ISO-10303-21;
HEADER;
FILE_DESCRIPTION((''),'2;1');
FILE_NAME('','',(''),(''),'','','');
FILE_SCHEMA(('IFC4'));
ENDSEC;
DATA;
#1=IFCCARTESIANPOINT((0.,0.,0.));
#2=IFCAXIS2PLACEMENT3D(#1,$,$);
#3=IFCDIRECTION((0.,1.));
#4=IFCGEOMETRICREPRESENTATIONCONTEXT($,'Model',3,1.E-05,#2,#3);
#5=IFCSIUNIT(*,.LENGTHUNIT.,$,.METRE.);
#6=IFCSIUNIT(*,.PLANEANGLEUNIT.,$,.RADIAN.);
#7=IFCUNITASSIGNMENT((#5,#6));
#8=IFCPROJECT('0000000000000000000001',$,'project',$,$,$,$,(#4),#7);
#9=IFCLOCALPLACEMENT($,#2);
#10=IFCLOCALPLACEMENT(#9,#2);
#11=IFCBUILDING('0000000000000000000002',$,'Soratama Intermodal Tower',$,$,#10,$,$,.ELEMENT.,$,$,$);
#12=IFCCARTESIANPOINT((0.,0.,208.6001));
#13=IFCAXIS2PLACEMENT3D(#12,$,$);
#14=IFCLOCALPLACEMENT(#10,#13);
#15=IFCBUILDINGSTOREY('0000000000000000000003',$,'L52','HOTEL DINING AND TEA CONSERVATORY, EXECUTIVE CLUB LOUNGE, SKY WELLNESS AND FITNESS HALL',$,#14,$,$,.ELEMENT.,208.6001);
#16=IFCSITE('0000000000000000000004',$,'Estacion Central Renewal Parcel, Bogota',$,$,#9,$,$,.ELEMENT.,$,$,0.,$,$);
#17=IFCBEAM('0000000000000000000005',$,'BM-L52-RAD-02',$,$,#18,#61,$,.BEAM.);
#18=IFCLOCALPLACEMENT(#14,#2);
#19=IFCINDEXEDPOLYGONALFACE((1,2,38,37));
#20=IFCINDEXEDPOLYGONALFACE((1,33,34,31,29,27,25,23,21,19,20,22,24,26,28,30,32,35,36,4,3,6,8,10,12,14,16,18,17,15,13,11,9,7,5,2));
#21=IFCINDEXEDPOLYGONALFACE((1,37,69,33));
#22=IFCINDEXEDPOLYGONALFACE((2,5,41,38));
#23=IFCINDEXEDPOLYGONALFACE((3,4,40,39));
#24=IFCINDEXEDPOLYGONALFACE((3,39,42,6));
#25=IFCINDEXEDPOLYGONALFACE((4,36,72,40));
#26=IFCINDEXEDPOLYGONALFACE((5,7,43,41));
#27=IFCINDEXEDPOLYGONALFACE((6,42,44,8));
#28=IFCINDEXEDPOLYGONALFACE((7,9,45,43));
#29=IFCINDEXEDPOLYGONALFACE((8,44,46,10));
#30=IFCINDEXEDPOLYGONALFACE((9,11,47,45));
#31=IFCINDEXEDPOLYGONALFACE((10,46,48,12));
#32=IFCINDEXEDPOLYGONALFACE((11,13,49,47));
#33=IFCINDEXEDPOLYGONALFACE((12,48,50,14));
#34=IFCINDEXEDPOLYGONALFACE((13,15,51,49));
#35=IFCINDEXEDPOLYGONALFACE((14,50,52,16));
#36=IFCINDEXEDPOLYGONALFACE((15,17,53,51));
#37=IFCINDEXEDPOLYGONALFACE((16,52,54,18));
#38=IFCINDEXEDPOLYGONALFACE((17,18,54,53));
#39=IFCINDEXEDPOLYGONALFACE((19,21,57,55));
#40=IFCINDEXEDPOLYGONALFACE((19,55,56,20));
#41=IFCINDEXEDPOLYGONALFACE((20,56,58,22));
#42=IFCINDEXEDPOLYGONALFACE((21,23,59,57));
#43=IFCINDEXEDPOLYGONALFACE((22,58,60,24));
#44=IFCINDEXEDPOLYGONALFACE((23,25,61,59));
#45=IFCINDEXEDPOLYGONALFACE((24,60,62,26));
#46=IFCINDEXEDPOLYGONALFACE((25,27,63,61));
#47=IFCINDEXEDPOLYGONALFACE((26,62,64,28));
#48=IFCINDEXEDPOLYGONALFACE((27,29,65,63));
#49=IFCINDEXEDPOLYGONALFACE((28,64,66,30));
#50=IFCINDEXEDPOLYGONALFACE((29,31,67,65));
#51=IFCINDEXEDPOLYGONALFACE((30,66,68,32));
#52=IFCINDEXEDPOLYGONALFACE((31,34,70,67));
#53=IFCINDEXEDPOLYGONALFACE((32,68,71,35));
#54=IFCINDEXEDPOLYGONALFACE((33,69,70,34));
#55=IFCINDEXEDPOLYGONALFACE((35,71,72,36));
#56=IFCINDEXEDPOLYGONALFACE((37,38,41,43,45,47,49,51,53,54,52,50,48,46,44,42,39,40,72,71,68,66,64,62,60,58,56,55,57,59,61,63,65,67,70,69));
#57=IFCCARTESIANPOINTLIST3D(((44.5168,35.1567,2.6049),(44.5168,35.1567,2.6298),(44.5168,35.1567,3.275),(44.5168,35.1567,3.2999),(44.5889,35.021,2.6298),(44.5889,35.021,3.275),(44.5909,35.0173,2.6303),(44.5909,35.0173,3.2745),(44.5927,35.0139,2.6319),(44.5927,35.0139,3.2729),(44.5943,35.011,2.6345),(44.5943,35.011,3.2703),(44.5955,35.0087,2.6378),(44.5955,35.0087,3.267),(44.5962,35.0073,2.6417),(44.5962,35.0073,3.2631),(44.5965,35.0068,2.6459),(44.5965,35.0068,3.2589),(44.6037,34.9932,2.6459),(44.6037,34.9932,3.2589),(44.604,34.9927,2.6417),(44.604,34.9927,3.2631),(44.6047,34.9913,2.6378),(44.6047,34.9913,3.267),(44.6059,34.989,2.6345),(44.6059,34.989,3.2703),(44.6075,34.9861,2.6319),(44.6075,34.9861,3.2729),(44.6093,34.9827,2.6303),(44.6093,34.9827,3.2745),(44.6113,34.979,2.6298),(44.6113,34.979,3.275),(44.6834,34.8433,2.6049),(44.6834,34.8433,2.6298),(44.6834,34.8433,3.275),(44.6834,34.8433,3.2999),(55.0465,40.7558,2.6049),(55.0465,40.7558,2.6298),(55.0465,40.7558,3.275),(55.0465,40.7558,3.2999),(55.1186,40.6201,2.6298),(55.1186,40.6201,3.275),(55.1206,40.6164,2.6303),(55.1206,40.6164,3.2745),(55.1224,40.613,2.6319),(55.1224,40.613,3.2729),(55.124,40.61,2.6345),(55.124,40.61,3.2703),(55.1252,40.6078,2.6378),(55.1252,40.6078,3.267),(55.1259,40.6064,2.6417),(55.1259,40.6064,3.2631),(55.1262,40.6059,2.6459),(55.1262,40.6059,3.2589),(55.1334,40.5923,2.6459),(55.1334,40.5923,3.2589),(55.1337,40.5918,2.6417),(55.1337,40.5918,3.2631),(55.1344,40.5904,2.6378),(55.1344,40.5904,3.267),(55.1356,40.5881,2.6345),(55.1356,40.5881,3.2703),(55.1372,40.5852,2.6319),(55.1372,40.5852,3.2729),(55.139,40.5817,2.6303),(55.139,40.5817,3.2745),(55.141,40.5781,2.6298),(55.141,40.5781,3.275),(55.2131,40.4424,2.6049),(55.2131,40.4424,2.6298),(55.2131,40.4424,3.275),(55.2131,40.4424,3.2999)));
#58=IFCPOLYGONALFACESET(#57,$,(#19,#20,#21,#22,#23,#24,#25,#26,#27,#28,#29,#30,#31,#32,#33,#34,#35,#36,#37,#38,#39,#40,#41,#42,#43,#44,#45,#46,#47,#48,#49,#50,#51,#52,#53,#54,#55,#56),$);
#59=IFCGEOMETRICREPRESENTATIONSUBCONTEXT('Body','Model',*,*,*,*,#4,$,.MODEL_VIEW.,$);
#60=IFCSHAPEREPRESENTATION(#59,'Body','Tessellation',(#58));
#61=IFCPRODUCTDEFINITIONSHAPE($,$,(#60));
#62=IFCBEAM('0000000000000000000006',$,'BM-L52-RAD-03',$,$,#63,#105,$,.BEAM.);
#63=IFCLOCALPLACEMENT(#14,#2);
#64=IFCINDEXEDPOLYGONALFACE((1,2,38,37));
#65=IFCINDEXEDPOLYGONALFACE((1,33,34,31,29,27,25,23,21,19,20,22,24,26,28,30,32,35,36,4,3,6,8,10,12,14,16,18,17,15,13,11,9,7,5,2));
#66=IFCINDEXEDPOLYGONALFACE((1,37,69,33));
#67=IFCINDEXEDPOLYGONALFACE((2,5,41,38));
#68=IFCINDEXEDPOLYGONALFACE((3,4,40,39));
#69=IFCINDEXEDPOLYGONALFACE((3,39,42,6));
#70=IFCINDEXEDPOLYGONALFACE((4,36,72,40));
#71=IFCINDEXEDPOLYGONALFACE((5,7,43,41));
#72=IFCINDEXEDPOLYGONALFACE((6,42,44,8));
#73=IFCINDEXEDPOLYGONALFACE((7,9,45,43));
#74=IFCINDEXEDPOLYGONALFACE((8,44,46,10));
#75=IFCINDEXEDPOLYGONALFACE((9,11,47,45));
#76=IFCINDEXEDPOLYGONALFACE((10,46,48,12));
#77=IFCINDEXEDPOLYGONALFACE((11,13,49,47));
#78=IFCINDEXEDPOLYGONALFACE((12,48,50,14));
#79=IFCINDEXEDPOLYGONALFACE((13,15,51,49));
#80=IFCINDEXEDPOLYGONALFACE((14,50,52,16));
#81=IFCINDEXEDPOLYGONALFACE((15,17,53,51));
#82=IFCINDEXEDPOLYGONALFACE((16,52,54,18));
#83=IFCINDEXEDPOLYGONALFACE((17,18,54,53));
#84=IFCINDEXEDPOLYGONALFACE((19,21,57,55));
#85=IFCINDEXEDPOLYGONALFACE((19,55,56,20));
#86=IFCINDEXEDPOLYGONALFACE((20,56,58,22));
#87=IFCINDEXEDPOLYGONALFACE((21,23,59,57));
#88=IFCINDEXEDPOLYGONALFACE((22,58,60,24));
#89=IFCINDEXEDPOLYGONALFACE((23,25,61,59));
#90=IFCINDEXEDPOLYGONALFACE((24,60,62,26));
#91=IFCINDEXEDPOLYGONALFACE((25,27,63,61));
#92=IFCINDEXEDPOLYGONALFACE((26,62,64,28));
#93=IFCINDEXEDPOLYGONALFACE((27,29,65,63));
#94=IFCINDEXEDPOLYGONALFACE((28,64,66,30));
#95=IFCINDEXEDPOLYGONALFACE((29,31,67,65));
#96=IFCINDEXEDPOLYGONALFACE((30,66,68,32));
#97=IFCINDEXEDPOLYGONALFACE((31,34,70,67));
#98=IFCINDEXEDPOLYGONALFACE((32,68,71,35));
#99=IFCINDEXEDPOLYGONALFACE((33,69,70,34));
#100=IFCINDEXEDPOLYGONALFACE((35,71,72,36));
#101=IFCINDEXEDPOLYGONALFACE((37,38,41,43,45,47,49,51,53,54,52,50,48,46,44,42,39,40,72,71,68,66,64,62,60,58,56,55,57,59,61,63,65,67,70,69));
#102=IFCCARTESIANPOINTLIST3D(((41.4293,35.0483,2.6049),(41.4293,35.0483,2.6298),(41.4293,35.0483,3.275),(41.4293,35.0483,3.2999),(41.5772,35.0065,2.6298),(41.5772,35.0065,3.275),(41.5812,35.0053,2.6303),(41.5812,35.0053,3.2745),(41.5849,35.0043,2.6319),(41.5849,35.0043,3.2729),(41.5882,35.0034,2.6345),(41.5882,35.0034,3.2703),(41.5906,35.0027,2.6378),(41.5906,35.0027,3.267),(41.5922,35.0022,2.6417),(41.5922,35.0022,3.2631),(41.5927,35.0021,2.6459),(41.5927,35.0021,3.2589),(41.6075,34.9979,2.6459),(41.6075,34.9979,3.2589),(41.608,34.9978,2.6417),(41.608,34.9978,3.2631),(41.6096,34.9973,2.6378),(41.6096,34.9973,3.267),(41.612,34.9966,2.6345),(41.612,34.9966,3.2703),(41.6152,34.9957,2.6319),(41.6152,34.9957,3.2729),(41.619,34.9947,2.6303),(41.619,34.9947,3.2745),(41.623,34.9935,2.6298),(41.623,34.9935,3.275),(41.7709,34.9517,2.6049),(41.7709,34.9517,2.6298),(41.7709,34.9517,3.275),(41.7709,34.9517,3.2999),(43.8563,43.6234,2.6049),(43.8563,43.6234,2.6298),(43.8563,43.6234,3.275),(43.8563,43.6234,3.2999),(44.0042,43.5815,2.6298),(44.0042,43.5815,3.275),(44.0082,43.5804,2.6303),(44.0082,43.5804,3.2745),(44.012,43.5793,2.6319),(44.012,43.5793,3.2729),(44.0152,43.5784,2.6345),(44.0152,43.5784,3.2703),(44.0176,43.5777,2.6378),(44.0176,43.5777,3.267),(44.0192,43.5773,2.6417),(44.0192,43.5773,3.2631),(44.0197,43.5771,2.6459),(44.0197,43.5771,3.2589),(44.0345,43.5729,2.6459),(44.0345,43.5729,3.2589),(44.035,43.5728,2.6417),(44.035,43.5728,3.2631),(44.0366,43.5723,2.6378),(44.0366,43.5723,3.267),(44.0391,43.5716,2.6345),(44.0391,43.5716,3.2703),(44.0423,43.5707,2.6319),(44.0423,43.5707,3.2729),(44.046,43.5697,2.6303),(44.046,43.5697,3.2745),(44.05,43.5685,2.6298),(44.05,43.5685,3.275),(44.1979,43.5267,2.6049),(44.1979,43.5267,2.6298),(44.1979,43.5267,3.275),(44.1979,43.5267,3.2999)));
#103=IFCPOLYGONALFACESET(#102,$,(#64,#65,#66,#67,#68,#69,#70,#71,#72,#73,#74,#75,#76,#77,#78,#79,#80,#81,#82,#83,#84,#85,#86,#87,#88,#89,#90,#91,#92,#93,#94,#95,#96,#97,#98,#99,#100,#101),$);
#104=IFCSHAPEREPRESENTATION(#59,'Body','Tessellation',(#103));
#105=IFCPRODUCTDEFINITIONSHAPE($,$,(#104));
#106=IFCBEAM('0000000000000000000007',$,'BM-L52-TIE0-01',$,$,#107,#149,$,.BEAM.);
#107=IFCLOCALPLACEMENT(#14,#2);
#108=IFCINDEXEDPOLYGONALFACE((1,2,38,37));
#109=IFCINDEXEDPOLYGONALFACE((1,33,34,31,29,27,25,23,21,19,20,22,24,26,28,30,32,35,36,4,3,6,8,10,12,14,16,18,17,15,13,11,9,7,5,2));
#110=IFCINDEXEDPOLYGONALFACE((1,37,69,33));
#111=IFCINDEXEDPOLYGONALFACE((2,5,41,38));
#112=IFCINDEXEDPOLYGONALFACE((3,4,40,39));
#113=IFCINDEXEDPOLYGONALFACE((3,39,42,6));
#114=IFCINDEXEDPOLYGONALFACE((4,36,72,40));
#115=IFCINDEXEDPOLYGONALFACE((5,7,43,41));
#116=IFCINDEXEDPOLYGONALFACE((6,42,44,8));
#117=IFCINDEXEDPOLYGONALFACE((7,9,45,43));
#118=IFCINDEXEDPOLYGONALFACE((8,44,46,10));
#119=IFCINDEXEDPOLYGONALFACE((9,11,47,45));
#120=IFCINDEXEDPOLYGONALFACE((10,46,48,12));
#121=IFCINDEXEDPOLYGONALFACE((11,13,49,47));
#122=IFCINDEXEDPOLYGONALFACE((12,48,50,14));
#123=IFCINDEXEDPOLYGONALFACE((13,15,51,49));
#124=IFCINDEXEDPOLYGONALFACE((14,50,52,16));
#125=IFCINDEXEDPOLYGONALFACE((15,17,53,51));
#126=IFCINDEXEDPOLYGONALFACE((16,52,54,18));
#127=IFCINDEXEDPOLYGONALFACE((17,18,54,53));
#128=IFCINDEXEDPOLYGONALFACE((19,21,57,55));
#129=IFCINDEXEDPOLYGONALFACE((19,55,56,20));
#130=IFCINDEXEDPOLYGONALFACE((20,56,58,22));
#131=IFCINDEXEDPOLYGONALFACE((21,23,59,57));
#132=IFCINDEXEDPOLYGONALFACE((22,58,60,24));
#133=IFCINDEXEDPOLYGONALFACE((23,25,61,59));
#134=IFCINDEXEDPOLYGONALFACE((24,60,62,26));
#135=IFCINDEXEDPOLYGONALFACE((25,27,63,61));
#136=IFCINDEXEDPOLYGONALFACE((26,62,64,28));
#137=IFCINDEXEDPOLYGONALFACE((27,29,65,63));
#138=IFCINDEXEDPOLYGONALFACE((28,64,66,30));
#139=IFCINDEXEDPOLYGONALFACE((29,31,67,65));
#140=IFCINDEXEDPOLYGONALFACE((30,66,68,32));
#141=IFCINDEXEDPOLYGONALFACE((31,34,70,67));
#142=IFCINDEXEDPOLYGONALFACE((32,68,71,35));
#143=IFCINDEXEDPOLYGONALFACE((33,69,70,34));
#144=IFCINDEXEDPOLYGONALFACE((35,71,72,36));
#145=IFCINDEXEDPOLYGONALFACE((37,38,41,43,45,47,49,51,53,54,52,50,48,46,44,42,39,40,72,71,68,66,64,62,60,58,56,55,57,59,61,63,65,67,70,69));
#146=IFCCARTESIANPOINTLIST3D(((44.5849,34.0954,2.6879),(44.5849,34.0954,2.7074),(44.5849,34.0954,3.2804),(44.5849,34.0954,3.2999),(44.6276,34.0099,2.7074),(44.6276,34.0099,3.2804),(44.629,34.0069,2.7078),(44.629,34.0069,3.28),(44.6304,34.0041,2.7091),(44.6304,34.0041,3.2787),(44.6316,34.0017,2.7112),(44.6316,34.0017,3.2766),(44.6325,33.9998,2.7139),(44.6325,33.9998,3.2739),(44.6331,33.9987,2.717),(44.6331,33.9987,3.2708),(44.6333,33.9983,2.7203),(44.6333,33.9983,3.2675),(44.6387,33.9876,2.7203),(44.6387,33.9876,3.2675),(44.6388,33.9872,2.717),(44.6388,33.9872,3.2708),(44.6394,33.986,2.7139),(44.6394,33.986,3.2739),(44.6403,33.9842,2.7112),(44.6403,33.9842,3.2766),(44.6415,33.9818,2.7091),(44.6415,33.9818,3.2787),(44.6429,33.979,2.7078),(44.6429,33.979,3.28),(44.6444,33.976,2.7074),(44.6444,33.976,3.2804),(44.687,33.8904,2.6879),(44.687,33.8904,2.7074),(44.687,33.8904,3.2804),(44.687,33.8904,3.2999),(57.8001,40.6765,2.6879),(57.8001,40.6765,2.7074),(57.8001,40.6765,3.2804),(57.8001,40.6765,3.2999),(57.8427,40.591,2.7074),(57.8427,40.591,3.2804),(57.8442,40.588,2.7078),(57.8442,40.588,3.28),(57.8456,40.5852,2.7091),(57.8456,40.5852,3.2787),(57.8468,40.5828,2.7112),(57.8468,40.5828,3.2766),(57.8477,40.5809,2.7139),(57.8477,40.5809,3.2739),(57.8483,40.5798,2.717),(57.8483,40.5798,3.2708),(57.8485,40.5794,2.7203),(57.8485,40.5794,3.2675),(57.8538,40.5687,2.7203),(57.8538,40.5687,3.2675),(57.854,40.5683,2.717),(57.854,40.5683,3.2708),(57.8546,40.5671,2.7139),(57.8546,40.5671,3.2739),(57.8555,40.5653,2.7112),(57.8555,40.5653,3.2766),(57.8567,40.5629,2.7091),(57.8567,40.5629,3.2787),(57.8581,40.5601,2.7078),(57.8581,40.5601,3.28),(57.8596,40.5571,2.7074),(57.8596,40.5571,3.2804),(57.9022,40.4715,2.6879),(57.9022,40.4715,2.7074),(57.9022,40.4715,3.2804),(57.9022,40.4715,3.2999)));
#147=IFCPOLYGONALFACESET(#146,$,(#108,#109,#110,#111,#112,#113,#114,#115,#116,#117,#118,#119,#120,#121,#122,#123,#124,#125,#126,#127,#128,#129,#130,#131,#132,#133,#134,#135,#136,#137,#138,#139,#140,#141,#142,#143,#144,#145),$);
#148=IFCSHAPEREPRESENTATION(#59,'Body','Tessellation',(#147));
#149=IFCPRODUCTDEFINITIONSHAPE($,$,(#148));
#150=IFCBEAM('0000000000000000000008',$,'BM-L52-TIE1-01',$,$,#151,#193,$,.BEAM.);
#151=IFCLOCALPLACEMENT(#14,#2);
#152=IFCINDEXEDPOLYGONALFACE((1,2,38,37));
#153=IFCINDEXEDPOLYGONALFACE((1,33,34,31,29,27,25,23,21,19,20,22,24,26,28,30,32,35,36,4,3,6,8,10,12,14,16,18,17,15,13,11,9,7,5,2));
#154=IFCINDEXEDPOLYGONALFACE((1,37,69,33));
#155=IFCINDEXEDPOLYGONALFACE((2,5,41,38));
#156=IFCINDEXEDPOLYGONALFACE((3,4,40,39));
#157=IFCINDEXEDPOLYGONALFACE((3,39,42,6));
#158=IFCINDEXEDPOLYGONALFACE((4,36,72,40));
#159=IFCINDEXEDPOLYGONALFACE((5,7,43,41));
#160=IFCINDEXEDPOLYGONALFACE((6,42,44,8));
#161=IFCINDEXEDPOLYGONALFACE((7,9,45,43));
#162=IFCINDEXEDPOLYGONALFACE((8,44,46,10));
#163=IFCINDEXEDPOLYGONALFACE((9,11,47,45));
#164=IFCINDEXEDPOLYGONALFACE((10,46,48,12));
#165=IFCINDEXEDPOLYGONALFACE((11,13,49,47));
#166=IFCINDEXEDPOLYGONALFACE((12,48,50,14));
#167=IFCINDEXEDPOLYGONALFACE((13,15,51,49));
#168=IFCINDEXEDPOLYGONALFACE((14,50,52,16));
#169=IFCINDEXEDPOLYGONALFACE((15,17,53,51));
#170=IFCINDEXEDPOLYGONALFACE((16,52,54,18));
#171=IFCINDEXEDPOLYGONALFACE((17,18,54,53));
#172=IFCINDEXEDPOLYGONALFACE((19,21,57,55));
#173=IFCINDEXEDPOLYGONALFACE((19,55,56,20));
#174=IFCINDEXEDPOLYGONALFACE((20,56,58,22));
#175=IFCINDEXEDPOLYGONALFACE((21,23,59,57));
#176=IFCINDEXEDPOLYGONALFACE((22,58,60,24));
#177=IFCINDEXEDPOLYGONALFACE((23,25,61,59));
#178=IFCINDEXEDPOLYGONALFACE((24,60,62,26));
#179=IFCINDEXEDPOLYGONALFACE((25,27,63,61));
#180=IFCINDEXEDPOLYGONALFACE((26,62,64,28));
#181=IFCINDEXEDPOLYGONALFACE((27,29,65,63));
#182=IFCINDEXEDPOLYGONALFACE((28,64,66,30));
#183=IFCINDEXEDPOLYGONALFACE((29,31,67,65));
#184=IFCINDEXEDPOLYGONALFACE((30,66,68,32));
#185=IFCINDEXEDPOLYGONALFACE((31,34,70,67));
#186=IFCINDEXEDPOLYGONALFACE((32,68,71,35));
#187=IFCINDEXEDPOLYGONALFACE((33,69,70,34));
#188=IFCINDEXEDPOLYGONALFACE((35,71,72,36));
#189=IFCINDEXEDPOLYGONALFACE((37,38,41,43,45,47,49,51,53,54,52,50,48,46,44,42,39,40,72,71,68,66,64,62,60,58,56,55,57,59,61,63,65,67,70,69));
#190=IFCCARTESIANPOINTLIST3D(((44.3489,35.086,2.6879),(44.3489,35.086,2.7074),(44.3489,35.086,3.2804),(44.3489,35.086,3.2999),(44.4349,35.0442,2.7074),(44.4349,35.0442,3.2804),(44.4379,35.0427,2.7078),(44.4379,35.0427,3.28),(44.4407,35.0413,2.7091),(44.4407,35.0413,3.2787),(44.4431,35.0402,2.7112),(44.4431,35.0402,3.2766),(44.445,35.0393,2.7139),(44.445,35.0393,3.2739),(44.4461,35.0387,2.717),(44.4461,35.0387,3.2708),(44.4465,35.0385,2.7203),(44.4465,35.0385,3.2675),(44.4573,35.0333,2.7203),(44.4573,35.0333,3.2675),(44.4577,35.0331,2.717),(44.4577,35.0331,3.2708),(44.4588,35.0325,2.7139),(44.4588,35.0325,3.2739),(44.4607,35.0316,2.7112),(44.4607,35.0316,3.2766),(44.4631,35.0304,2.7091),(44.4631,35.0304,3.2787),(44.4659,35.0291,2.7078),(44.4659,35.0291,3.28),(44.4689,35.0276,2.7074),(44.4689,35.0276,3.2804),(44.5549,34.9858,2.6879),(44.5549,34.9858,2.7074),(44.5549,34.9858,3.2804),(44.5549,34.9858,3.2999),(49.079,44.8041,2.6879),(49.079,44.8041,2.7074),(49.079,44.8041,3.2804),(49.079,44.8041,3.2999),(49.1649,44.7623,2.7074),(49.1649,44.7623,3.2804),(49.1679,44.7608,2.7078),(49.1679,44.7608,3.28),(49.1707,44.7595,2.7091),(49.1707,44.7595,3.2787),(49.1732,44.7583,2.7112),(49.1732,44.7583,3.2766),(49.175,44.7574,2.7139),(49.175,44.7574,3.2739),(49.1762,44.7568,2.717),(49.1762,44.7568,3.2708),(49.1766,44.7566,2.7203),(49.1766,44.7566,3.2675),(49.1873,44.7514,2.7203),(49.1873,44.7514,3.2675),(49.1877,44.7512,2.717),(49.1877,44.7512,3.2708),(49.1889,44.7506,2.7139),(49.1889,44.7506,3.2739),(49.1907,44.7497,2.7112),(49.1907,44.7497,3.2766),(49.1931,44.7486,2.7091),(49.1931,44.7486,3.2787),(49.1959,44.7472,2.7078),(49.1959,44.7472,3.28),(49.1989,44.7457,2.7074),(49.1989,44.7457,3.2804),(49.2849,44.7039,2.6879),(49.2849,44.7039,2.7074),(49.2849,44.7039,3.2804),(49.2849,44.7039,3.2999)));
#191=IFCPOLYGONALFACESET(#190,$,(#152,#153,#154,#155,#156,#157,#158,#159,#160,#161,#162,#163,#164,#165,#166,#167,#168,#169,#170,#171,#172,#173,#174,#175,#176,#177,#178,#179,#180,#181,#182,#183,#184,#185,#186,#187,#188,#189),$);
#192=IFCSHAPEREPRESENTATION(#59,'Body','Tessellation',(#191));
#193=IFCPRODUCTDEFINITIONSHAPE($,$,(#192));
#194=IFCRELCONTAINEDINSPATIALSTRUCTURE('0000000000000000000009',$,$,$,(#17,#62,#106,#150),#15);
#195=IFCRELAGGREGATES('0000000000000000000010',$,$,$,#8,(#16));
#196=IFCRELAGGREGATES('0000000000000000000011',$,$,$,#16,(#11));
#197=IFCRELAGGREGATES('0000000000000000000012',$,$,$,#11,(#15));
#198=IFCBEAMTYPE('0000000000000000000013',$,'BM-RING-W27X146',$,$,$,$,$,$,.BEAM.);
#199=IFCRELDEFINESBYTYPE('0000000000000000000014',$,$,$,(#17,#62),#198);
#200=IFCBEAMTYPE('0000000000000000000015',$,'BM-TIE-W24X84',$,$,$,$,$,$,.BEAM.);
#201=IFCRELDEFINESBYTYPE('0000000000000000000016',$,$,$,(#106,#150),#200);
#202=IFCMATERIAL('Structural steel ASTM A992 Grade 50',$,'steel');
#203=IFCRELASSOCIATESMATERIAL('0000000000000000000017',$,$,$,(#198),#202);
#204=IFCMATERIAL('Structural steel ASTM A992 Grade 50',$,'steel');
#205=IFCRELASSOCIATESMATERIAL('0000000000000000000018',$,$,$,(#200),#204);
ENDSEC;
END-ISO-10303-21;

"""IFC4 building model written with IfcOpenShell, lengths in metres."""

from ifc_helpers import new_model, si_unit, direction, frame, origin, origin_2d, place, context, subcontext, project, spatial, i_section, extrude, material, material_profile, profile_set, type_object, element, save


model = new_model("IFC4")

# Units and contexts
model_context = context("Model", 3, precision=1e-05, world=origin(), true_north=direction((0.0, 1.0)))
body_context = subcontext(model_context, "Body", "Model", "MODEL_VIEW")
ifc_project = project(units=[si_unit("LENGTHUNIT", "METRE"), si_unit("PLANEANGLEUNIT", "RADIAN")], contexts=[model_context])

# Site, building, storey
site_placement = place(None, origin())
site = spatial("IfcSite", under=ifc_project, at=site_placement, Name="Estacion Central Renewal Parcel, Bogota", CompositionType="ELEMENT", RefElevation=0.0)
building_placement = place(site_placement, origin())
building = spatial("IfcBuilding", under=site, at=building_placement, Name="Soratama Intermodal Tower", CompositionType="ELEMENT")
storey_placement = place(building_placement, frame((0.0, 0.0, 208.6001)))
storey = spatial("IfcBuildingStorey", under=building, at=storey_placement, Name="L52", Description="HOTEL DINING AND TEA CONSERVATORY, EXECUTIVE CLUB LOUNGE, SKY WELLNESS AND FITNESS HALL", CompositionType="ELEMENT", Elevation=208.6001)

# Beams
ifc_material_1 = material(Name="Structural steel ASTM A992 Grade 50", Category="steel")
ifc_material_profile_1 = material_profile(ifc_material_1, i_section(OverallWidth=0.355, OverallDepth=0.6951, WebThickness=0.0154, FlangeThickness=0.0249, FilletRadius=0.0161, at=origin_2d()), Name="W27X146")
ifc_profile_set_1 = profile_set([ifc_material_profile_1], Name="Structural steel ASTM A992 Grade 50")
beam_type_1 = type_object("IfcBeamType", Name="BM-RING-W27X146", PredefinedType="BEAM", material=ifc_profile_set_1)
beam_1_placement = place(storey_placement, frame((44.6001, 35.0, 2.9524), z_axis=(0.882936, 0.469493, 0.0), x_axis=(-0.469493, 0.882936, 0.0)))
element("IfcBeam", 1, at=beam_1_placement, inside=storey, type_object=beam_type_1, Name="BM-L52-RAD-02", PredefinedType="BEAM", context=body_context, shape_type="SweptSolid", body=[
    extrude(i_section(OverallWidth=0.355, OverallDepth=0.6951, WebThickness=0.0154, FlangeThickness=0.0249, FilletRadius=0.0161, at=origin_2d()), origin(), (0.0, 0.0, 1.0), 11.9258),
])
beam_2_placement = place(storey_placement, frame((41.6001, 35.0, 2.9524), z_axis=(0.272336, 0.962202, 0.0), x_axis=(-0.962202, 0.272336, 0.0)))
element("IfcBeam", 2, at=beam_2_placement, inside=storey, type_object=beam_type_1, Name="BM-L52-RAD-03", PredefinedType="BEAM", context=body_context, shape_type="SweptSolid", body=[
    extrude(i_section(OverallWidth=0.355, OverallDepth=0.6951, WebThickness=0.0154, FlangeThickness=0.0249, FilletRadius=0.0161, at=origin_2d()), origin(), (0.0, 0.0, 1.0), 8.9119),
])
ifc_material_2 = material(Name="Structural steel ASTM A992 Grade 50", Category="steel")
ifc_material_profile_2 = material_profile(ifc_material_2, i_section(OverallWidth=0.229, OverallDepth=0.6121, WebThickness=0.012, FlangeThickness=0.0195, FilletRadius=0.0129, at=origin_2d()), Name="W24X84")
ifc_profile_set_2 = profile_set([ifc_material_profile_2], Name="Structural steel ASTM A992 Grade 50")
beam_type_2 = type_object("IfcBeamType", Name="BM-TIE-W24X84", PredefinedType="BEAM", material=ifc_profile_set_2)
beam_3_placement = place(storey_placement, frame((44.636, 33.9929, 2.9939), z_axis=(0.895144, 0.445778, 0.0), x_axis=(-0.445778, 0.895144, 0.0)))
element("IfcBeam", 3, at=beam_3_placement, inside=storey, type_object=beam_type_2, Name="BM-L52-TIE0-01", PredefinedType="BEAM", context=body_context, shape_type="SweptSolid", body=[
    extrude(i_section(OverallWidth=0.229, OverallDepth=0.6121, WebThickness=0.012, FlangeThickness=0.0195, FilletRadius=0.0129, at=origin_2d()), origin(), (0.0, 0.0, 1.0), 14.7632),
])
beam_4_placement = place(storey_placement, frame((44.4519, 35.0359, 2.9939), z_axis=(0.437638, 0.899151, 0.0), x_axis=(-0.899151, 0.437638, 0.0)))
element("IfcBeam", 4, at=beam_4_placement, inside=storey, type_object=beam_type_2, Name="BM-L52-TIE1-01", PredefinedType="BEAM", context=body_context, shape_type="SweptSolid", body=[
    extrude(i_section(OverallWidth=0.229, OverallDepth=0.6121, WebThickness=0.012, FlangeThickness=0.0195, FilletRadius=0.0129, at=origin_2d()), origin(), (0.0, 0.0, 1.0), 10.8081),
])

save(model, "model.ifc")
